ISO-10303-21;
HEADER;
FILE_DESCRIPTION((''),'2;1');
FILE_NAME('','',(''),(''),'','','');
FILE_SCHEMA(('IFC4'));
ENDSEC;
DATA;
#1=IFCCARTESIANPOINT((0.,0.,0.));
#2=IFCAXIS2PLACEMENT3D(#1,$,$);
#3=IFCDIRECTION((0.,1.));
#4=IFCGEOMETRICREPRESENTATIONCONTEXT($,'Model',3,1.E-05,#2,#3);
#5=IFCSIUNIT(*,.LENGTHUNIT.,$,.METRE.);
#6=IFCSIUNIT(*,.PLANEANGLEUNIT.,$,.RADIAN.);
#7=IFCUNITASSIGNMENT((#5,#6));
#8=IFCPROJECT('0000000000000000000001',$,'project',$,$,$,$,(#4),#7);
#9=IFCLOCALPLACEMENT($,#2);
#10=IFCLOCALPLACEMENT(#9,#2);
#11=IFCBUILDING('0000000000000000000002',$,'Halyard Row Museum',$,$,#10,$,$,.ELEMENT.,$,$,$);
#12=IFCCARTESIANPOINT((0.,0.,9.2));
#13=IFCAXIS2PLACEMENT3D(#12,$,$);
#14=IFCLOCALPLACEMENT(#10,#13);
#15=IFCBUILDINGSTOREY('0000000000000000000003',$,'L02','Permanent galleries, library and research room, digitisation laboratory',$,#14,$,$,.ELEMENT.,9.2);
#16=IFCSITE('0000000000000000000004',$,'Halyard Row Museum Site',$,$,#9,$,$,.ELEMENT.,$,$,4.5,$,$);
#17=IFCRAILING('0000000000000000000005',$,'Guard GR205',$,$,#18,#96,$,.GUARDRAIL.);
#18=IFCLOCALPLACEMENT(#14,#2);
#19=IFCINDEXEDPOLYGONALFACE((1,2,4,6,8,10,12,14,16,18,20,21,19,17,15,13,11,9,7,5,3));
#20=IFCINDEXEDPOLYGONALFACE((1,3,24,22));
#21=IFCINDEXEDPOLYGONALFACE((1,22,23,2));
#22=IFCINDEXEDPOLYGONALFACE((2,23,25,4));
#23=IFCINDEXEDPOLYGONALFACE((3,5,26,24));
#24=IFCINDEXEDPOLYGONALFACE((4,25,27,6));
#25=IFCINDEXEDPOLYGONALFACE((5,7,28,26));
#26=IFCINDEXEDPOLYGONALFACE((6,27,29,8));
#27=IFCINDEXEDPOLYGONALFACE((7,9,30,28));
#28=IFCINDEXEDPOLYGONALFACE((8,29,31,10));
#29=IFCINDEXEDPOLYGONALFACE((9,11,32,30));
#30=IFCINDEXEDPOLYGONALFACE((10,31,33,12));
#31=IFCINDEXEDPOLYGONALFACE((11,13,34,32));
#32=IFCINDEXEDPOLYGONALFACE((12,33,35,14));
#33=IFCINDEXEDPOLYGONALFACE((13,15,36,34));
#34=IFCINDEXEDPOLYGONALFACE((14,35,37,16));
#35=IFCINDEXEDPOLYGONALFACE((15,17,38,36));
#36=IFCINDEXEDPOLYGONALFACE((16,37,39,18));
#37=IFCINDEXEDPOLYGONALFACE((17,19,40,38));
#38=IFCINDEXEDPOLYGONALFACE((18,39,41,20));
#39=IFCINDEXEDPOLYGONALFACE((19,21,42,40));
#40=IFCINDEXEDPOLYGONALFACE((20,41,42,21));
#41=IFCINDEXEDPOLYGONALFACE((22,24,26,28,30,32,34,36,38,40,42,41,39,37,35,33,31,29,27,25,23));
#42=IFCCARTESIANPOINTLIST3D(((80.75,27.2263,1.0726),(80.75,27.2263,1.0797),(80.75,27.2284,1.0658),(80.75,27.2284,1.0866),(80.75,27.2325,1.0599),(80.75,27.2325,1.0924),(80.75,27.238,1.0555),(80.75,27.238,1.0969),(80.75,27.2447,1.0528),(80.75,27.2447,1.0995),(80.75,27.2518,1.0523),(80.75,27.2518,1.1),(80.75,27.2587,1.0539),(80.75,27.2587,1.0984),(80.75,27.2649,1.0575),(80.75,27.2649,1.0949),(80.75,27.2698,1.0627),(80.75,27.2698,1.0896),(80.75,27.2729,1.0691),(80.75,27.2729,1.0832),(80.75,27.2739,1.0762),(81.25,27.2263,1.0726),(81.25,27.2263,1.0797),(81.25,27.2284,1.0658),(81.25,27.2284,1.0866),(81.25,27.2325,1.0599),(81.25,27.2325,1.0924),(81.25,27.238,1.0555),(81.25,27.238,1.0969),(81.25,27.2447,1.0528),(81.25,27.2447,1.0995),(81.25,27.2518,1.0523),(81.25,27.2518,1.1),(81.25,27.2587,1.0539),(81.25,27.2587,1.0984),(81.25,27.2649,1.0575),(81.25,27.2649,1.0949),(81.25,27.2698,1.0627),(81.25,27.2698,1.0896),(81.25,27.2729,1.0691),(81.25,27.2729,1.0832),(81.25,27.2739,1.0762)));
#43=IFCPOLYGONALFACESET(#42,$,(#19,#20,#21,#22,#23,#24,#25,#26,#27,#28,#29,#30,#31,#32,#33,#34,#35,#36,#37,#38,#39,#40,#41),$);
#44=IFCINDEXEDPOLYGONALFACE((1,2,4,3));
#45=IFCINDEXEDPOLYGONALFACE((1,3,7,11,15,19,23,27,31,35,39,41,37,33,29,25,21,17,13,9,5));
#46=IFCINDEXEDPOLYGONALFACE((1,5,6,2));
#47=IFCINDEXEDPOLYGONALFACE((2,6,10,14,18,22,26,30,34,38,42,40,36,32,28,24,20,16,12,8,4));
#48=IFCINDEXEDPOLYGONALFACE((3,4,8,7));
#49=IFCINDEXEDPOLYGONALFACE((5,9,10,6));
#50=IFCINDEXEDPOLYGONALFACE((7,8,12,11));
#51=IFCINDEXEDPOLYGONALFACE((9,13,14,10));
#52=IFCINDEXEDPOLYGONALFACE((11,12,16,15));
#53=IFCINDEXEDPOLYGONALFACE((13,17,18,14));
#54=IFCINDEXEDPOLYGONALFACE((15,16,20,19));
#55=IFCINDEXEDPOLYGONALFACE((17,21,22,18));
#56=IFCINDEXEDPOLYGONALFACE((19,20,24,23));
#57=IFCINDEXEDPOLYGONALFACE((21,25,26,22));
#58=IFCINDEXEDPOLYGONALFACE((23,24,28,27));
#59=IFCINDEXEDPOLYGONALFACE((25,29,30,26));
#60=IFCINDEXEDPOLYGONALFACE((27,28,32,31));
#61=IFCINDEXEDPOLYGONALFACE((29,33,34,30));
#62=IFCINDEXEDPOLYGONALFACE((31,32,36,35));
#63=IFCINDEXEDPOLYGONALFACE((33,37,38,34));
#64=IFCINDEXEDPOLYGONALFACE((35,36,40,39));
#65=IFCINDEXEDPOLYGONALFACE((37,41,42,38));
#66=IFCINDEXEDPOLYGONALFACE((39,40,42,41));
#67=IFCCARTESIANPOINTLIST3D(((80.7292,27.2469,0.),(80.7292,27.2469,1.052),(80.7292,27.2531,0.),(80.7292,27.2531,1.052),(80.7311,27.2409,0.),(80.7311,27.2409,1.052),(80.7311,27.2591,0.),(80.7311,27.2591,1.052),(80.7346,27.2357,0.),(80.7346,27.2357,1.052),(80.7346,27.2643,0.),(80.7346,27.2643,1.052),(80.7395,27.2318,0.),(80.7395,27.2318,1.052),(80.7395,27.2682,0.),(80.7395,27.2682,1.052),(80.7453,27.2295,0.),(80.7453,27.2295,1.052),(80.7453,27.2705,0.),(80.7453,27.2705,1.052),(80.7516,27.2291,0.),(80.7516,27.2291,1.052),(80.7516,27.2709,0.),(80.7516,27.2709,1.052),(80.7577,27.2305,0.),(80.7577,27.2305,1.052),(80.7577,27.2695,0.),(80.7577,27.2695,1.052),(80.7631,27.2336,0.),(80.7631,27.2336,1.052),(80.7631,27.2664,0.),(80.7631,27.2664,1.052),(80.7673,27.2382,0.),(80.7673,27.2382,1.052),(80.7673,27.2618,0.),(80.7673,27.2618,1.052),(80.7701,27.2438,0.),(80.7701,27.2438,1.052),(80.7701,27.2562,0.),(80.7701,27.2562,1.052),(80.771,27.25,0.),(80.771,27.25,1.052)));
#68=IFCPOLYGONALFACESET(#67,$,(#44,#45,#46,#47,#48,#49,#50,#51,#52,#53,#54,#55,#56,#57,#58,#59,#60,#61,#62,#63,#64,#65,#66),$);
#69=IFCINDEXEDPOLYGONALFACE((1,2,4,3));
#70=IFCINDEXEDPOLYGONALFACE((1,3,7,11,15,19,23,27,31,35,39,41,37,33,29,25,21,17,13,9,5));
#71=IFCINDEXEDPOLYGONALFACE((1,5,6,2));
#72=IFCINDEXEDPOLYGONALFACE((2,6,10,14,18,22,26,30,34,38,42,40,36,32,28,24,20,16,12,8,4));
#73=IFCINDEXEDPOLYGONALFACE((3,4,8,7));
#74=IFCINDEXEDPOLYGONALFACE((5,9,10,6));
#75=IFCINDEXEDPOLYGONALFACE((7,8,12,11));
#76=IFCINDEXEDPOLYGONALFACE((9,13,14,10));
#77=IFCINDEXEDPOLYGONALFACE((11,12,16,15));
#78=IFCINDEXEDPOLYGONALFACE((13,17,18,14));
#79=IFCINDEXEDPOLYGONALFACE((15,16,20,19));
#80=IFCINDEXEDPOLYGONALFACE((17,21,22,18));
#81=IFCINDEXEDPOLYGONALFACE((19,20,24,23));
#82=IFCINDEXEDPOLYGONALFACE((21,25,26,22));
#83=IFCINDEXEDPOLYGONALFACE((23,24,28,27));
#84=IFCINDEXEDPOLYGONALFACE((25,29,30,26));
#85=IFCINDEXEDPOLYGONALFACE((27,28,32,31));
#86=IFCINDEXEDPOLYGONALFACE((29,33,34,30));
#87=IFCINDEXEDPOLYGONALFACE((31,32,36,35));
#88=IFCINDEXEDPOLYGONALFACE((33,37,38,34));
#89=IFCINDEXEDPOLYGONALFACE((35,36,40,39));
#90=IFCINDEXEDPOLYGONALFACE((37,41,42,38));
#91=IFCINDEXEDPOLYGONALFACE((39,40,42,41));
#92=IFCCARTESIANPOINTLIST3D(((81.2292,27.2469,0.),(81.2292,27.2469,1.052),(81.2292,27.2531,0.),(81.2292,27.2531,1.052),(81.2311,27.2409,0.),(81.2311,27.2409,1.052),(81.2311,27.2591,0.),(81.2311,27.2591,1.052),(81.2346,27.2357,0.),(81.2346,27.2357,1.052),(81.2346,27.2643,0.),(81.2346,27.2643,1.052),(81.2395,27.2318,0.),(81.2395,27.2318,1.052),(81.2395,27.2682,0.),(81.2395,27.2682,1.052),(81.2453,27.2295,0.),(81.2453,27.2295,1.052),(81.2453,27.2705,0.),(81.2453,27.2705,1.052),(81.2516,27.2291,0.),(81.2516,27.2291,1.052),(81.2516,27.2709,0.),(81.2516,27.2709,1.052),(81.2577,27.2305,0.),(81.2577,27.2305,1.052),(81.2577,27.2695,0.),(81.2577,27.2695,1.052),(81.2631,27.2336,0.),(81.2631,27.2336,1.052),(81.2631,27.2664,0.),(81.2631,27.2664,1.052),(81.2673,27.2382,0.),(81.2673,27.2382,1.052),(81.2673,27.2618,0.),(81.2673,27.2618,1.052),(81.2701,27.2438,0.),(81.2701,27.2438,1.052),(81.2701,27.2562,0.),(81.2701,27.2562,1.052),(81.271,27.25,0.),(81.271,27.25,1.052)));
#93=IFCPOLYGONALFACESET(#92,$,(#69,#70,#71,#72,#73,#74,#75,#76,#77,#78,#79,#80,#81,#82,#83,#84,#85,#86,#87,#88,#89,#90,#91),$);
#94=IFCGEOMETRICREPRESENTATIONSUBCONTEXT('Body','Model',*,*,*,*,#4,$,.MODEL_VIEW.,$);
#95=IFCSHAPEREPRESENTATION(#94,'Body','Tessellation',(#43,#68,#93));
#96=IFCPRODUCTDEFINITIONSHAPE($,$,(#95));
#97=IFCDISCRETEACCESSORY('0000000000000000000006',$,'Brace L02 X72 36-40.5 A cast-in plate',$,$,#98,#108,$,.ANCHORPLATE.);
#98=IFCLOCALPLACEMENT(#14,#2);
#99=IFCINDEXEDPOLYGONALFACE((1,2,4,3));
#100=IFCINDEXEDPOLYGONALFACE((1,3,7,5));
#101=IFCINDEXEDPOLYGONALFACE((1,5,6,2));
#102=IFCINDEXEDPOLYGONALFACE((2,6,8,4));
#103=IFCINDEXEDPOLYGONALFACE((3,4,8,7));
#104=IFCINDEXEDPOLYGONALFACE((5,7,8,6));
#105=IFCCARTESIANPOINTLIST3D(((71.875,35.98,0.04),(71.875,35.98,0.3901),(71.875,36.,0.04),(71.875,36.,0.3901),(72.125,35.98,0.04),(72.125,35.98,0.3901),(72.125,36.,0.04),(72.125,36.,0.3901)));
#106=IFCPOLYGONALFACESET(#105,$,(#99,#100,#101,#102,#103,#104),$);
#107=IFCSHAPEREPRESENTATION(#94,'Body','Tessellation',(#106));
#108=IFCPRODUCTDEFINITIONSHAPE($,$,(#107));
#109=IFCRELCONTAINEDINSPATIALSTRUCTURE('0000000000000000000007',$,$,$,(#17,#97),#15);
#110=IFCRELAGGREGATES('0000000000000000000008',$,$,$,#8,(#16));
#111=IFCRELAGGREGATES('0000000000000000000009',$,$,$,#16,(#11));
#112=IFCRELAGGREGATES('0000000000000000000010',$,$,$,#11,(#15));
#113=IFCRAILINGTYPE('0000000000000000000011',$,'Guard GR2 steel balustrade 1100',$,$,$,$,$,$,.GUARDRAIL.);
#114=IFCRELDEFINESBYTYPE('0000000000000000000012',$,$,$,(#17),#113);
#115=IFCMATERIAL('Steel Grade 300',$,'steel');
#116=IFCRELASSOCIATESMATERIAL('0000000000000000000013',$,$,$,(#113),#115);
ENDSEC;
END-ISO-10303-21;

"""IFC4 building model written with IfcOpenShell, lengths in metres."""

from ifc_helpers import new_model, si_unit, direction, frame, origin, origin_2d, place, context, subcontext, project, spatial, rectangle, circle, extrude, material, type_object, element, save


model = new_model("IFC4")

# Units and contexts
model_context = context("Model", 3, precision=1e-05, world=origin(), true_north=direction((0.0, 1.0)))
body_context = subcontext(model_context, "Body", "Model", "MODEL_VIEW")
ifc_project = project(units=[si_unit("LENGTHUNIT", "METRE"), si_unit("PLANEANGLEUNIT", "RADIAN")], contexts=[model_context])

# Site, building, storey
site_placement = place(None, origin())
site = spatial("IfcSite", under=ifc_project, at=site_placement, Name="Halyard Row Museum Site", CompositionType="ELEMENT", RefElevation=4.5)
building_placement = place(site_placement, origin())
building = spatial("IfcBuilding", under=site, at=building_placement, Name="Halyard Row Museum", CompositionType="ELEMENT")
storey_placement = place(building_placement, frame((0.0, 0.0, 9.2)))
storey = spatial("IfcBuildingStorey", under=building, at=storey_placement, Name="L02", Description="Permanent galleries, library and research room, digitisation laboratory", CompositionType="ELEMENT", Elevation=9.2)

# Railing
ifc_material_1 = material(Name="Steel Grade 300", Category="steel")
railing_type = type_object("IfcRailingType", Name="Guard GR2 steel balustrade 1100", PredefinedType="GUARDRAIL", material=ifc_material_1)
railing_placement = place(storey_placement, frame((80.75, 27.25, 0.0)))
element("IfcRailing", 1, at=railing_placement, inside=storey, type_object=railing_type, Name="Guard GR205", PredefinedType="GUARDRAIL", context=body_context, shape_type="SweptSolid", body=[
    extrude(circle(Radius=0.0239, at=origin_2d()), frame((0.0, 0.0, 1.0762), z_axis=(1.0, 0.0, 0.0), x_axis=(0.0, 1.0, 0.0)), (0.0, 0.0, 1.0), 0.5),
    extrude(circle(Radius=0.021, at=origin_2d()), origin(), (0.0, 0.0, 1.0), 1.052),
    extrude(circle(Radius=0.021, at=origin_2d()), frame((0.5, 0.0, 0.0)), (0.0, 0.0, 1.0), 1.052),
])

# Discrete accessory
discrete_accessory_placement = place(storey_placement, frame((72.0, 36.0, 0.2151), z_axis=(0.0, -1.0, 0.0), x_axis=(1.0, 0.0, 0.0)))
element("IfcDiscreteAccessory", 2, at=discrete_accessory_placement, inside=storey, Name="Brace L02 X72 36-40.5 A cast-in plate", PredefinedType="ANCHORPLATE", context=body_context, shape_type="SweptSolid", body=[
    extrude(rectangle(XDim=0.25, YDim=0.3501, at=origin_2d()), origin(), (0.0, 0.0, 1.0), 0.02),
])

save(model, "model.ifc")
